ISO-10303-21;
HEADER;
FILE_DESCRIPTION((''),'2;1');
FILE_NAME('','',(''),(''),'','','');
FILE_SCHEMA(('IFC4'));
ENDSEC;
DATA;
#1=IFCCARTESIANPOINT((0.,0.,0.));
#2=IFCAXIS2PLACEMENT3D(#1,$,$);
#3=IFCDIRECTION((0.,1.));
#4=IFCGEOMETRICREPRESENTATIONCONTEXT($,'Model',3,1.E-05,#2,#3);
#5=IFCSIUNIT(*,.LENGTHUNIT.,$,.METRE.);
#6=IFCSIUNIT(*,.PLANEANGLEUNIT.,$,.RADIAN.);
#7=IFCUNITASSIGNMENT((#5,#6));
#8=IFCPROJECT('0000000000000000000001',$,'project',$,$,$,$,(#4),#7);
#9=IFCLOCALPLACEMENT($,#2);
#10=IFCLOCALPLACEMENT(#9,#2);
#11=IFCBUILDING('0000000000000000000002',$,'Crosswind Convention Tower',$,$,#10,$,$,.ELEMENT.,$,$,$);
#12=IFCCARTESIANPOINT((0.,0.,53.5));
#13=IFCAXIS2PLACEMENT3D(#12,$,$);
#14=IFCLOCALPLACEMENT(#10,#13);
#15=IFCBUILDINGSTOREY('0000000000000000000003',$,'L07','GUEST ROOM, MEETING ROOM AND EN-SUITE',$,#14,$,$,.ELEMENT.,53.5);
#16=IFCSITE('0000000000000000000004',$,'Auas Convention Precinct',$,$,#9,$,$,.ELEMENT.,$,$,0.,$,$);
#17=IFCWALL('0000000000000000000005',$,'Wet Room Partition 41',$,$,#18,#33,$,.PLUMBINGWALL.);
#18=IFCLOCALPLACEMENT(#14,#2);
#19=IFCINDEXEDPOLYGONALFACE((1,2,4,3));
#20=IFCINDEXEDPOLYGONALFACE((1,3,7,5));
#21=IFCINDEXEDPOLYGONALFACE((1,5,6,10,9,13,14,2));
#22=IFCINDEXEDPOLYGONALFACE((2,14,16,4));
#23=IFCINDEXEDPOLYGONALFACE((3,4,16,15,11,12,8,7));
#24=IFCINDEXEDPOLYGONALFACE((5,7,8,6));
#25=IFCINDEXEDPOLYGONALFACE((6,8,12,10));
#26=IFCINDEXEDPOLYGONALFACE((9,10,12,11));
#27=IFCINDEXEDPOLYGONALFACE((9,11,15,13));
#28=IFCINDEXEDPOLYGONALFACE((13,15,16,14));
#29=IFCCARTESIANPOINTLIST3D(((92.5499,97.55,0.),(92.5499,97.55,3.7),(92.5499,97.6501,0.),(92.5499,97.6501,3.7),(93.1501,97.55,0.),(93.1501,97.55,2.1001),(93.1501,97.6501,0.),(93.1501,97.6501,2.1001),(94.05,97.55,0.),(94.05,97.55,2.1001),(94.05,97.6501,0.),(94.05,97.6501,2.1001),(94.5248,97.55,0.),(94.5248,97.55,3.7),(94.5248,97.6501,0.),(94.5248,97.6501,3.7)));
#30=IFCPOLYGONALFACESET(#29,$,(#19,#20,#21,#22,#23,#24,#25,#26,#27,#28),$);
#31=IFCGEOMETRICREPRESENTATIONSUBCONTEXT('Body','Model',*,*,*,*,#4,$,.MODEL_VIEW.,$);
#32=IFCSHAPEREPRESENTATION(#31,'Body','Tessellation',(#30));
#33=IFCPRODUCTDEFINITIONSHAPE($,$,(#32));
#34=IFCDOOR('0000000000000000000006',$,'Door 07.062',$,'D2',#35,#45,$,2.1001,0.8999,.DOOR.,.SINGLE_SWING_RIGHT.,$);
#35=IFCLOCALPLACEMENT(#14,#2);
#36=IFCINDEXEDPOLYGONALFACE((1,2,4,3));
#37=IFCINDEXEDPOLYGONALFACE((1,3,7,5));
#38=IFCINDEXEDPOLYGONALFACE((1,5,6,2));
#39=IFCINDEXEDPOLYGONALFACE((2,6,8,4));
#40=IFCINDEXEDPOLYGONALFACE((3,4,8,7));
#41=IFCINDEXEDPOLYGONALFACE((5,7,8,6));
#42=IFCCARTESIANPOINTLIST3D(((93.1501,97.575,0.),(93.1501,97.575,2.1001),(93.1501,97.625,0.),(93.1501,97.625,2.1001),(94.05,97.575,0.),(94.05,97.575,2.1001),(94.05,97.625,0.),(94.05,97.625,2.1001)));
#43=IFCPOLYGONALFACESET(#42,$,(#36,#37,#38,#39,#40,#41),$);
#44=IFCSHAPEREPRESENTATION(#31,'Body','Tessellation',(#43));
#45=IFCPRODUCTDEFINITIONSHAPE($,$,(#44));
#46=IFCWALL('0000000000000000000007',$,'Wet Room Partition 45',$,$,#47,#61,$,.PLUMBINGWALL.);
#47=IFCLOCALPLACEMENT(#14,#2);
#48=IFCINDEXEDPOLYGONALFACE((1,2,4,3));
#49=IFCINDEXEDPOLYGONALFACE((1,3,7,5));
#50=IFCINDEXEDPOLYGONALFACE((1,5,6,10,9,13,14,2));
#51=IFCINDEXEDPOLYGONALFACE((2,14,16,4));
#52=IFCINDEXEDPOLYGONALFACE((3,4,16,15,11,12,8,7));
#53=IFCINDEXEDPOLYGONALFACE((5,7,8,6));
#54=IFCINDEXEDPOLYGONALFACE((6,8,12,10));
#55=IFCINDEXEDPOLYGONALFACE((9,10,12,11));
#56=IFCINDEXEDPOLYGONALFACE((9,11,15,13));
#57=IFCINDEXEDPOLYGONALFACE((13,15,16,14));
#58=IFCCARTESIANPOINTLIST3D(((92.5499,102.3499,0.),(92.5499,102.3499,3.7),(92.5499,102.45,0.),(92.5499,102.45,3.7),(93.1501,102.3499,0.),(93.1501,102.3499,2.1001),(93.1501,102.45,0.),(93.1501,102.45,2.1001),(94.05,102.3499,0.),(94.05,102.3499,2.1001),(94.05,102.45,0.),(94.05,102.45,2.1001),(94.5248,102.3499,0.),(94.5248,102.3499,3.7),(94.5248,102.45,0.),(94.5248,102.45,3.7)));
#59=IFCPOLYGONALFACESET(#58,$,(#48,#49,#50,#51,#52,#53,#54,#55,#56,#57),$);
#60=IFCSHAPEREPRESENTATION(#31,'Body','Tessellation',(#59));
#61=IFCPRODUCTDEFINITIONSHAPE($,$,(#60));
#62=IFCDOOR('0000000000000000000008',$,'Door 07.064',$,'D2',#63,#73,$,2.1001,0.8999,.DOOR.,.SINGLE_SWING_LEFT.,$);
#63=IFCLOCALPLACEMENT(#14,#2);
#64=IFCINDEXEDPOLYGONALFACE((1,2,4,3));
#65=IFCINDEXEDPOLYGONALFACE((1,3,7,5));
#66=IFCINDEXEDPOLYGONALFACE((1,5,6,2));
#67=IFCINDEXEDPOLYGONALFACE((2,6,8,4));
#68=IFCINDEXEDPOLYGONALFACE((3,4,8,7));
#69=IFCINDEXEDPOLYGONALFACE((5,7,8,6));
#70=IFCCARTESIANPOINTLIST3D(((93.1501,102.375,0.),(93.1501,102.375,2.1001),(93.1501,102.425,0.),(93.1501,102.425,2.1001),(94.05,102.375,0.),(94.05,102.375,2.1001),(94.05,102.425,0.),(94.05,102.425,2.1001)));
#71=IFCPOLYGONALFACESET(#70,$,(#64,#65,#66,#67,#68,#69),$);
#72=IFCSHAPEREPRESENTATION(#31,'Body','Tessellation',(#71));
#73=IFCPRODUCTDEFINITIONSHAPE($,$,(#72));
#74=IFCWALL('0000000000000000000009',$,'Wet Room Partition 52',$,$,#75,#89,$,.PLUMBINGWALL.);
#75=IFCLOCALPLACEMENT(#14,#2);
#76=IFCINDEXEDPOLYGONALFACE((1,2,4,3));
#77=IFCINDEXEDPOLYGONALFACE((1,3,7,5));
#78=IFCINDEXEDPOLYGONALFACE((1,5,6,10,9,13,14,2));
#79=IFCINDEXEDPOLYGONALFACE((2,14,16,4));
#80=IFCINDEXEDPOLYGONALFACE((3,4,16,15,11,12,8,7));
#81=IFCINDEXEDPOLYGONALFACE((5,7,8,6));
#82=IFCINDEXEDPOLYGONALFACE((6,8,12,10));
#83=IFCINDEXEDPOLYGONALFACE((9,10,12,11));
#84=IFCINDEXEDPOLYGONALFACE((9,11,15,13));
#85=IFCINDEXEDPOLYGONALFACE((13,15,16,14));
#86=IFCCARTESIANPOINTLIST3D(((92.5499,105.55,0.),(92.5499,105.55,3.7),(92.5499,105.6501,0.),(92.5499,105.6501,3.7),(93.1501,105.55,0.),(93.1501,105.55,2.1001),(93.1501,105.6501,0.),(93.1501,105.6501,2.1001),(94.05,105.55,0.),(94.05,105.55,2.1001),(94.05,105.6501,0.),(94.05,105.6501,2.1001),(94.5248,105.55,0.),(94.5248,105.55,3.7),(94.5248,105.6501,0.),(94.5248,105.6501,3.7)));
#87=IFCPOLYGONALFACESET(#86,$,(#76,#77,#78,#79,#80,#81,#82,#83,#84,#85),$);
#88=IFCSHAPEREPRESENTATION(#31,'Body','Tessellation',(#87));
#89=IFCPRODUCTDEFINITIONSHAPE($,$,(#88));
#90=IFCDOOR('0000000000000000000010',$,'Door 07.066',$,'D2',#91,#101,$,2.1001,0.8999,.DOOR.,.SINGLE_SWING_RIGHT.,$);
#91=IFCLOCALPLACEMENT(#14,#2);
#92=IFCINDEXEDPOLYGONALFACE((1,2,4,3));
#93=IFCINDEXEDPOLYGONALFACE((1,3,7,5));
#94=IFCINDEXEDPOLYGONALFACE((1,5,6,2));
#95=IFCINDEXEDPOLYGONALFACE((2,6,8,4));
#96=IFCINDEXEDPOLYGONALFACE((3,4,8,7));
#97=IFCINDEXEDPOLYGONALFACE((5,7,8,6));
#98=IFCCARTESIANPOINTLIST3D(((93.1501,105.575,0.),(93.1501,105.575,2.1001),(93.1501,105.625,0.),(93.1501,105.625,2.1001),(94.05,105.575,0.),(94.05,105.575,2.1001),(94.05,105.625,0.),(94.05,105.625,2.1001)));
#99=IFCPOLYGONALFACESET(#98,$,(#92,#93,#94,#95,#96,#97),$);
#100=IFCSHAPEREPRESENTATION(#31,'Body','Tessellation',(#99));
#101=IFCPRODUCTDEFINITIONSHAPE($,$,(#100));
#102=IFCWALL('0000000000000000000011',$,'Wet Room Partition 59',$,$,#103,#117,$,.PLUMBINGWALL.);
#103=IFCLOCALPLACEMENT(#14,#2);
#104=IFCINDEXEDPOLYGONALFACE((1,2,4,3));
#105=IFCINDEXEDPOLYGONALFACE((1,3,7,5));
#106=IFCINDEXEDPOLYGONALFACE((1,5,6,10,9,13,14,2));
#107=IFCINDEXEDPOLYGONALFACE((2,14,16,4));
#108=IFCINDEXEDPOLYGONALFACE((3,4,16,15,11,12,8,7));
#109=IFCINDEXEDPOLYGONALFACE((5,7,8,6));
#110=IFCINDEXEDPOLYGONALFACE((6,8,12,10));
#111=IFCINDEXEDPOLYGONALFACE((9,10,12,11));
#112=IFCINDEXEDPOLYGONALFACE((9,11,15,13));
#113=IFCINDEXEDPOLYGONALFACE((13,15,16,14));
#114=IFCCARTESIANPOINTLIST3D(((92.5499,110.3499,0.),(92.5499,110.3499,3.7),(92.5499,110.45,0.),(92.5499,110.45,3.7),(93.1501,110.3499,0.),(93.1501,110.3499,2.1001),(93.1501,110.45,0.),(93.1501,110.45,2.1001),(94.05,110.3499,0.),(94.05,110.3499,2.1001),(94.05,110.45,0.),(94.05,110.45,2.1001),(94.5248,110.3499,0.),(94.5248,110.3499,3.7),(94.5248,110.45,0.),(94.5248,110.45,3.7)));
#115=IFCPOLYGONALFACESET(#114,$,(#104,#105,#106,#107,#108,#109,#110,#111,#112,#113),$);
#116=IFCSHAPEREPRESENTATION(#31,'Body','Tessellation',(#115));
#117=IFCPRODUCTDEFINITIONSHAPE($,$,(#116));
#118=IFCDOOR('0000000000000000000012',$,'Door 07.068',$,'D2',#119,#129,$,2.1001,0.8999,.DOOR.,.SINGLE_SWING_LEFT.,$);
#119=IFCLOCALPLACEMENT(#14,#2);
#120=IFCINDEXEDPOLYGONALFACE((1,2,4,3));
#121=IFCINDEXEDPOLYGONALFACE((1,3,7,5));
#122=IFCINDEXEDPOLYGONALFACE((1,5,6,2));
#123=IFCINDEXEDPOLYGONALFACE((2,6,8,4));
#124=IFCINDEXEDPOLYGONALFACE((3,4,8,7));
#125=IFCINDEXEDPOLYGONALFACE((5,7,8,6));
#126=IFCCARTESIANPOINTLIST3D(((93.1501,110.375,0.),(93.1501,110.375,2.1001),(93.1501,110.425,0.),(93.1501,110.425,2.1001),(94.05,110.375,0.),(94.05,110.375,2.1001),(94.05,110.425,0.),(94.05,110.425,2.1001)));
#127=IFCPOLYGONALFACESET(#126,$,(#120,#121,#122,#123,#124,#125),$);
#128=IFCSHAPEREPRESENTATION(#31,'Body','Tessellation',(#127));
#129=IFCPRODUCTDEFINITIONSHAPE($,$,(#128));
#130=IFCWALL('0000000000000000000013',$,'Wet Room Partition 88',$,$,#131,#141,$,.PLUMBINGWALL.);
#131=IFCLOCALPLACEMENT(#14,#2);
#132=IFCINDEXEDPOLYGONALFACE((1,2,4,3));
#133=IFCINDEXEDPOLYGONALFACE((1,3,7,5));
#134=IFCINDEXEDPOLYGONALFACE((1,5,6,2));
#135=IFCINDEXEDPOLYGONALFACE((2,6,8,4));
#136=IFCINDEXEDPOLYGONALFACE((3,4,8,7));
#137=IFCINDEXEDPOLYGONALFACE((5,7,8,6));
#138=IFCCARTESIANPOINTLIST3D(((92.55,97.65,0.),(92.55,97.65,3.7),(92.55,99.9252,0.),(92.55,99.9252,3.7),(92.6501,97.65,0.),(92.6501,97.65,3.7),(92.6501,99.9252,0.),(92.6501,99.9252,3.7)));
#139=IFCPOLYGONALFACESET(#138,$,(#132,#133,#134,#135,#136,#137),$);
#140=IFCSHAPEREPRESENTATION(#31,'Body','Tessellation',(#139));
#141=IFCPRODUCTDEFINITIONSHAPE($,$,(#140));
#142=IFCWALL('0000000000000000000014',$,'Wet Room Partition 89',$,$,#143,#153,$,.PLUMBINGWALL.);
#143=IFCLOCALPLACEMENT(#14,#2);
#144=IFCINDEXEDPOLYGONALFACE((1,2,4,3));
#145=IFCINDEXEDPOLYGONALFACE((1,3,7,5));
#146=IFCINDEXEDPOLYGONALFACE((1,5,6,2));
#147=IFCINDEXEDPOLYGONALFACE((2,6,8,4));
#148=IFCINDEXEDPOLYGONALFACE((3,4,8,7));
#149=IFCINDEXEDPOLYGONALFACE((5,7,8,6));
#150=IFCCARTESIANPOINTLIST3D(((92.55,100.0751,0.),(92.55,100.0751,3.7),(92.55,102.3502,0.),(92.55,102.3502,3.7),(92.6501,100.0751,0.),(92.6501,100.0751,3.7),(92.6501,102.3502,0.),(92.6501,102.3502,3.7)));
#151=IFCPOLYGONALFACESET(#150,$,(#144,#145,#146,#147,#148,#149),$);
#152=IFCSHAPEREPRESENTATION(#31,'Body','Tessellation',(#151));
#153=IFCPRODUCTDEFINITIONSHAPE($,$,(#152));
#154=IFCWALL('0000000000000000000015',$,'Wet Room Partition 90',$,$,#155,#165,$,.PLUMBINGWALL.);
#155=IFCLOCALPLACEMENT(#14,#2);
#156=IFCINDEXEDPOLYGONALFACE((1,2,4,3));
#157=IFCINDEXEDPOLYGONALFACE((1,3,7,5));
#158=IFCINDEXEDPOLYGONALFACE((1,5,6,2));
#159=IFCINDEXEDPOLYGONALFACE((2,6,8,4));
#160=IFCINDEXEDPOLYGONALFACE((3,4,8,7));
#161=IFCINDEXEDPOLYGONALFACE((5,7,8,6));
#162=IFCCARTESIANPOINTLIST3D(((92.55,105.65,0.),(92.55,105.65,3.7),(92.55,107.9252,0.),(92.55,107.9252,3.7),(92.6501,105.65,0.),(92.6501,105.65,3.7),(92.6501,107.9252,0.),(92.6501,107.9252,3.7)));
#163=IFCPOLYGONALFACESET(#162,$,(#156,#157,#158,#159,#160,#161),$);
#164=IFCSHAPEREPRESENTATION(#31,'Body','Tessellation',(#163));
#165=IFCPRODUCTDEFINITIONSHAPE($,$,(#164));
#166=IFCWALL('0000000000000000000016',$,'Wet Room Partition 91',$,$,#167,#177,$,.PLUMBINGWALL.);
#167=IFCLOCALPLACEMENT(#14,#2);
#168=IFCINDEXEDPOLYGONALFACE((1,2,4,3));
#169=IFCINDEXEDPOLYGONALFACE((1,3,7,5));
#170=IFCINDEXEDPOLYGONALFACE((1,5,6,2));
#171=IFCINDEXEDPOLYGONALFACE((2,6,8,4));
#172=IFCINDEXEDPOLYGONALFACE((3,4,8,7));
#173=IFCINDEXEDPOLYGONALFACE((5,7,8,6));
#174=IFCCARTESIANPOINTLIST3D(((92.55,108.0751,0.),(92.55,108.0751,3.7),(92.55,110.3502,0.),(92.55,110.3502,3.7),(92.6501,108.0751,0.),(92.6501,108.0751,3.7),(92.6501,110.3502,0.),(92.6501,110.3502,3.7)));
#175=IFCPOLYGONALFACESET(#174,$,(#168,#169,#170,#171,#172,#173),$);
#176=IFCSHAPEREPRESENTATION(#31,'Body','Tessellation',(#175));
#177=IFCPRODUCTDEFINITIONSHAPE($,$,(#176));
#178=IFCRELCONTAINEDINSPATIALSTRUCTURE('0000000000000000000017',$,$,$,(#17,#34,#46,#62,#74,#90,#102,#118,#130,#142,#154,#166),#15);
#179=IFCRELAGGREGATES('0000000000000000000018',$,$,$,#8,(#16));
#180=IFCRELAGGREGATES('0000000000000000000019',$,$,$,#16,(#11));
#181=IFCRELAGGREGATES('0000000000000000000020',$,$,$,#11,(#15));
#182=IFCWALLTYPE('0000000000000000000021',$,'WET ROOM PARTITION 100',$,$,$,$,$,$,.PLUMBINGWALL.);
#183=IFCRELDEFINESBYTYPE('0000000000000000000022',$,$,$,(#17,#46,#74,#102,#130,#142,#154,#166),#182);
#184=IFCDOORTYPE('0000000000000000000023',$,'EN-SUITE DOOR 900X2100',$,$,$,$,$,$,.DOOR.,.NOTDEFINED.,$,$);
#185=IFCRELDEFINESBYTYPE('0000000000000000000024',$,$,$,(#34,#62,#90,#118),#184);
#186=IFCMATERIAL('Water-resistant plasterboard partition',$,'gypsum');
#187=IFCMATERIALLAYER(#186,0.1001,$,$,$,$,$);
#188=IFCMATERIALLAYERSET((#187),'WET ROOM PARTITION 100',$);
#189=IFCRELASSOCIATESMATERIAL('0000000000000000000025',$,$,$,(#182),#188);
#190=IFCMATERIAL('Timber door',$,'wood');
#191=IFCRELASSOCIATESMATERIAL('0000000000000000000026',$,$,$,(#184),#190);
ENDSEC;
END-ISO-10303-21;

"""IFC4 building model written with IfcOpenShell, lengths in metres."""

from ifc_helpers import new_model, si_unit, direction, frame, frame_2d, origin, place, context, subcontext, project, spatial, rectangle, extrude, material, layer, layer_set, type_object, element, fill, save


model = new_model("IFC4")

# Units and contexts
model_context = context("Model", 3, precision=1e-05, world=origin(), true_north=direction((0.0, 1.0)))
body_context = subcontext(model_context, "Body", "Model", "MODEL_VIEW")
ifc_project = project(units=[si_unit("LENGTHUNIT", "METRE"), si_unit("PLANEANGLEUNIT", "RADIAN")], contexts=[model_context])

# Site, building, storey
site_placement = place(None, origin())
site = spatial("IfcSite", under=ifc_project, at=site_placement, Name="Auas Convention Precinct", CompositionType="ELEMENT", RefElevation=0.0)
building_placement = place(site_placement, origin())
building = spatial("IfcBuilding", under=site, at=building_placement, Name="Crosswind Convention Tower", CompositionType="ELEMENT")
storey_placement = place(building_placement, frame((0.0, 0.0, 53.5)))
storey = spatial("IfcBuildingStorey", under=building, at=storey_placement, Name="L07", Description="GUEST ROOM, MEETING ROOM AND EN-SUITE", CompositionType="ELEMENT", Elevation=53.5)

# Walls, openings, doors
ifc_material_1 = material(Name="Water-resistant plasterboard partition", Category="gypsum")
ifc_layer_1 = layer(ifc_material_1, 0.1001)
ifc_layer_set_1 = layer_set([ifc_layer_1], Name="WET ROOM PARTITION 100")
wall_type_1 = type_object("IfcWallType", Name="WET ROOM PARTITION 100", PredefinedType="PLUMBINGWALL", material=ifc_layer_set_1)
wall_1_placement = place(storey_placement, frame((92.55, 97.6001, 0.0), z_axis=(0.0, 0.0, 1.0), x_axis=(1.0, 0.0, 0.0)))
wall_1 = element("IfcWall", 1, at=wall_1_placement, inside=storey, type_object=wall_type_1, Name="Wet Room Partition 41", PredefinedType="PLUMBINGWALL", context=body_context, shape_type="SweptSolid", body=[
    extrude(rectangle(XDim=1.9749, YDim=0.1001, at=frame_2d((0.9873, 0.0))), origin(), (0.0, 0.0, 1.0), 3.7),
])
opening_1_placement = place(wall_1_placement, frame((0.6001, 0.0, 0.0)))
opening_1 = element("IfcOpeningElement", 2, at=opening_1_placement, cuts=wall_1, PredefinedType="OPENING", context=body_context, shape_type="SweptSolid", body=[
    extrude(rectangle(XDim=0.8999, YDim=2.1001, at=frame_2d((0.45, 1.05))), frame((0.0, 0.0601, 0.0), z_axis=(0.0, -1.0, 0.0), x_axis=(1.0, 0.0, 0.0)), (0.0, 0.0, 1.0), 0.1201),
])
ifc_material_2 = material(Name="Timber door", Category="wood")
door_type_1 = type_object("IfcDoorType", Name="EN-SUITE DOOR 900X2100", OperationType="NOTDEFINED", PredefinedType="DOOR", material=ifc_material_2)
door_1_placement = place(opening_1_placement, origin())
door_1 = element("IfcDoor", 3, at=door_1_placement, inside=storey, type_object=door_type_1, Name="Door 07.062", ObjectType="D2", OperationType="SINGLE_SWING_RIGHT", OverallHeight=2.1001, OverallWidth=0.8999, PredefinedType="DOOR", context=body_context, shape_type="SweptSolid", body=[
    extrude(rectangle(XDim=0.8999, YDim=2.1001, at=frame_2d((0.45, 1.05))), frame((0.0, 0.0249, 0.0), z_axis=(0.0, -1.0, 0.0), x_axis=(1.0, 0.0, 0.0)), (0.0, 0.0, 1.0), 0.05),
])
fill(opening_1, door_1)
wall_2_placement = place(storey_placement, frame((92.55, 102.3999, 0.0), z_axis=(0.0, 0.0, 1.0), x_axis=(1.0, 0.0, 0.0)))
wall_2 = element("IfcWall", 4, at=wall_2_placement, inside=storey, type_object=wall_type_1, Name="Wet Room Partition 45", PredefinedType="PLUMBINGWALL", context=body_context, shape_type="SweptSolid", body=[
    extrude(rectangle(XDim=1.9749, YDim=0.1001, at=frame_2d((0.9873, 0.0))), origin(), (0.0, 0.0, 1.0), 3.7),
])
opening_2_placement = place(wall_2_placement, frame((0.6001, 0.0, 0.0)))
opening_2 = element("IfcOpeningElement", 5, at=opening_2_placement, cuts=wall_2, PredefinedType="OPENING", context=body_context, shape_type="SweptSolid", body=[
    extrude(rectangle(XDim=0.8999, YDim=2.1001, at=frame_2d((0.45, 1.05))), frame((0.0, 0.0601, 0.0), z_axis=(0.0, -1.0, 0.0), x_axis=(1.0, 0.0, 0.0)), (0.0, 0.0, 1.0), 0.1201),
])
door_2_placement = place(opening_2_placement, frame((0.8999, 0.0, 0.0), z_axis=(0.0, 0.0, 1.0), x_axis=(-1.0, 0.0, 0.0)))
door_2 = element("IfcDoor", 6, at=door_2_placement, inside=storey, type_object=door_type_1, Name="Door 07.064", ObjectType="D2", OperationType="SINGLE_SWING_LEFT", OverallHeight=2.1001, OverallWidth=0.8999, PredefinedType="DOOR", context=body_context, shape_type="SweptSolid", body=[
    extrude(rectangle(XDim=0.8999, YDim=2.1001, at=frame_2d((0.45, 1.05))), frame((0.0, 0.0249, 0.0), z_axis=(0.0, -1.0, 0.0), x_axis=(1.0, 0.0, 0.0)), (0.0, 0.0, 1.0), 0.05),
])
fill(opening_2, door_2)
wall_3_placement = place(storey_placement, frame((92.55, 105.6001, 0.0), z_axis=(0.0, 0.0, 1.0), x_axis=(1.0, 0.0, 0.0)))
wall_3 = element("IfcWall", 7, at=wall_3_placement, inside=storey, type_object=wall_type_1, Name="Wet Room Partition 52", PredefinedType="PLUMBINGWALL", context=body_context, shape_type="SweptSolid", body=[
    extrude(rectangle(XDim=1.9749, YDim=0.1001, at=frame_2d((0.9873, 0.0))), origin(), (0.0, 0.0, 1.0), 3.7),
])
opening_3_placement = place(wall_3_placement, frame((0.6001, 0.0, 0.0)))
opening_3 = element("IfcOpeningElement", 8, at=opening_3_placement, cuts=wall_3, PredefinedType="OPENING", context=body_context, shape_type="SweptSolid", body=[
    extrude(rectangle(XDim=0.8999, YDim=2.1001, at=frame_2d((0.45, 1.05))), frame((0.0, 0.0601, 0.0), z_axis=(0.0, -1.0, 0.0), x_axis=(1.0, 0.0, 0.0)), (0.0, 0.0, 1.0), 0.1201),
])
door_3_placement = place(opening_3_placement, origin())
door_3 = element("IfcDoor", 9, at=door_3_placement, inside=storey, type_object=door_type_1, Name="Door 07.066", ObjectType="D2", OperationType="SINGLE_SWING_RIGHT", OverallHeight=2.1001, OverallWidth=0.8999, PredefinedType="DOOR", context=body_context, shape_type="SweptSolid", body=[
    extrude(rectangle(XDim=0.8999, YDim=2.1001, at=frame_2d((0.45, 1.05))), frame((0.0, 0.0249, 0.0), z_axis=(0.0, -1.0, 0.0), x_axis=(1.0, 0.0, 0.0)), (0.0, 0.0, 1.0), 0.05),
])
fill(opening_3, door_3)
wall_4_placement = place(storey_placement, frame((92.55, 110.3999, 0.0), z_axis=(0.0, 0.0, 1.0), x_axis=(1.0, 0.0, 0.0)))
wall_4 = element("IfcWall", 10, at=wall_4_placement, inside=storey, type_object=wall_type_1, Name="Wet Room Partition 59", PredefinedType="PLUMBINGWALL", context=body_context, shape_type="SweptSolid", body=[
    extrude(rectangle(XDim=1.9749, YDim=0.1001, at=frame_2d((0.9873, 0.0))), origin(), (0.0, 0.0, 1.0), 3.7),
])
opening_4_placement = place(wall_4_placement, frame((0.6001, 0.0, 0.0)))
opening_4 = element("IfcOpeningElement", 11, at=opening_4_placement, cuts=wall_4, PredefinedType="OPENING", context=body_context, shape_type="SweptSolid", body=[
    extrude(rectangle(XDim=0.8999, YDim=2.1001, at=frame_2d((0.45, 1.05))), frame((0.0, 0.0601, 0.0), z_axis=(0.0, -1.0, 0.0), x_axis=(1.0, 0.0, 0.0)), (0.0, 0.0, 1.0), 0.1201),
])
door_4_placement = place(opening_4_placement, frame((0.8999, 0.0, 0.0), z_axis=(0.0, 0.0, 1.0), x_axis=(-1.0, 0.0, 0.0)))
door_4 = element("IfcDoor", 12, at=door_4_placement, inside=storey, type_object=door_type_1, Name="Door 07.068", ObjectType="D2", OperationType="SINGLE_SWING_LEFT", OverallHeight=2.1001, OverallWidth=0.8999, PredefinedType="DOOR", context=body_context, shape_type="SweptSolid", body=[
    extrude(rectangle(XDim=0.8999, YDim=2.1001, at=frame_2d((0.45, 1.05))), frame((0.0, 0.0249, 0.0), z_axis=(0.0, -1.0, 0.0), x_axis=(1.0, 0.0, 0.0)), (0.0, 0.0, 1.0), 0.05),
])
fill(opening_4, door_4)

# Walls
for number, where, z_axis, x_axis, name in (
    (13, (92.6001, 97.6499, 0.0), (0.0, 0.0, 1.0), (0.0, 1.0, 0.0), "Wet Room Partition 88"),
    (14, (92.6001, 100.075, 0.0), (0.0, 0.0, 1.0), (0.0, 1.0, 0.0), "Wet Room Partition 89"),
    (15, (92.6001, 105.6499, 0.0), (0.0, 0.0, 1.0), (0.0, 1.0, 0.0), "Wet Room Partition 90"),
    (16, (92.6001, 108.075, 0.0), (0.0, 0.0, 1.0), (0.0, 1.0, 0.0), "Wet Room Partition 91"),
):
    element("IfcWall", number, at=place(storey_placement, frame(where, z_axis=z_axis, x_axis=x_axis)), inside=storey, type_object=wall_type_1, Name=name, PredefinedType="PLUMBINGWALL", context=body_context, shape_type="SweptSolid", body=[
        extrude(rectangle(XDim=2.2751, YDim=0.1001, at=frame_2d((1.1377, 0.0))), origin(), (0.0, 0.0, 1.0), 3.7),
    ])

save(model, "model.ifc")
